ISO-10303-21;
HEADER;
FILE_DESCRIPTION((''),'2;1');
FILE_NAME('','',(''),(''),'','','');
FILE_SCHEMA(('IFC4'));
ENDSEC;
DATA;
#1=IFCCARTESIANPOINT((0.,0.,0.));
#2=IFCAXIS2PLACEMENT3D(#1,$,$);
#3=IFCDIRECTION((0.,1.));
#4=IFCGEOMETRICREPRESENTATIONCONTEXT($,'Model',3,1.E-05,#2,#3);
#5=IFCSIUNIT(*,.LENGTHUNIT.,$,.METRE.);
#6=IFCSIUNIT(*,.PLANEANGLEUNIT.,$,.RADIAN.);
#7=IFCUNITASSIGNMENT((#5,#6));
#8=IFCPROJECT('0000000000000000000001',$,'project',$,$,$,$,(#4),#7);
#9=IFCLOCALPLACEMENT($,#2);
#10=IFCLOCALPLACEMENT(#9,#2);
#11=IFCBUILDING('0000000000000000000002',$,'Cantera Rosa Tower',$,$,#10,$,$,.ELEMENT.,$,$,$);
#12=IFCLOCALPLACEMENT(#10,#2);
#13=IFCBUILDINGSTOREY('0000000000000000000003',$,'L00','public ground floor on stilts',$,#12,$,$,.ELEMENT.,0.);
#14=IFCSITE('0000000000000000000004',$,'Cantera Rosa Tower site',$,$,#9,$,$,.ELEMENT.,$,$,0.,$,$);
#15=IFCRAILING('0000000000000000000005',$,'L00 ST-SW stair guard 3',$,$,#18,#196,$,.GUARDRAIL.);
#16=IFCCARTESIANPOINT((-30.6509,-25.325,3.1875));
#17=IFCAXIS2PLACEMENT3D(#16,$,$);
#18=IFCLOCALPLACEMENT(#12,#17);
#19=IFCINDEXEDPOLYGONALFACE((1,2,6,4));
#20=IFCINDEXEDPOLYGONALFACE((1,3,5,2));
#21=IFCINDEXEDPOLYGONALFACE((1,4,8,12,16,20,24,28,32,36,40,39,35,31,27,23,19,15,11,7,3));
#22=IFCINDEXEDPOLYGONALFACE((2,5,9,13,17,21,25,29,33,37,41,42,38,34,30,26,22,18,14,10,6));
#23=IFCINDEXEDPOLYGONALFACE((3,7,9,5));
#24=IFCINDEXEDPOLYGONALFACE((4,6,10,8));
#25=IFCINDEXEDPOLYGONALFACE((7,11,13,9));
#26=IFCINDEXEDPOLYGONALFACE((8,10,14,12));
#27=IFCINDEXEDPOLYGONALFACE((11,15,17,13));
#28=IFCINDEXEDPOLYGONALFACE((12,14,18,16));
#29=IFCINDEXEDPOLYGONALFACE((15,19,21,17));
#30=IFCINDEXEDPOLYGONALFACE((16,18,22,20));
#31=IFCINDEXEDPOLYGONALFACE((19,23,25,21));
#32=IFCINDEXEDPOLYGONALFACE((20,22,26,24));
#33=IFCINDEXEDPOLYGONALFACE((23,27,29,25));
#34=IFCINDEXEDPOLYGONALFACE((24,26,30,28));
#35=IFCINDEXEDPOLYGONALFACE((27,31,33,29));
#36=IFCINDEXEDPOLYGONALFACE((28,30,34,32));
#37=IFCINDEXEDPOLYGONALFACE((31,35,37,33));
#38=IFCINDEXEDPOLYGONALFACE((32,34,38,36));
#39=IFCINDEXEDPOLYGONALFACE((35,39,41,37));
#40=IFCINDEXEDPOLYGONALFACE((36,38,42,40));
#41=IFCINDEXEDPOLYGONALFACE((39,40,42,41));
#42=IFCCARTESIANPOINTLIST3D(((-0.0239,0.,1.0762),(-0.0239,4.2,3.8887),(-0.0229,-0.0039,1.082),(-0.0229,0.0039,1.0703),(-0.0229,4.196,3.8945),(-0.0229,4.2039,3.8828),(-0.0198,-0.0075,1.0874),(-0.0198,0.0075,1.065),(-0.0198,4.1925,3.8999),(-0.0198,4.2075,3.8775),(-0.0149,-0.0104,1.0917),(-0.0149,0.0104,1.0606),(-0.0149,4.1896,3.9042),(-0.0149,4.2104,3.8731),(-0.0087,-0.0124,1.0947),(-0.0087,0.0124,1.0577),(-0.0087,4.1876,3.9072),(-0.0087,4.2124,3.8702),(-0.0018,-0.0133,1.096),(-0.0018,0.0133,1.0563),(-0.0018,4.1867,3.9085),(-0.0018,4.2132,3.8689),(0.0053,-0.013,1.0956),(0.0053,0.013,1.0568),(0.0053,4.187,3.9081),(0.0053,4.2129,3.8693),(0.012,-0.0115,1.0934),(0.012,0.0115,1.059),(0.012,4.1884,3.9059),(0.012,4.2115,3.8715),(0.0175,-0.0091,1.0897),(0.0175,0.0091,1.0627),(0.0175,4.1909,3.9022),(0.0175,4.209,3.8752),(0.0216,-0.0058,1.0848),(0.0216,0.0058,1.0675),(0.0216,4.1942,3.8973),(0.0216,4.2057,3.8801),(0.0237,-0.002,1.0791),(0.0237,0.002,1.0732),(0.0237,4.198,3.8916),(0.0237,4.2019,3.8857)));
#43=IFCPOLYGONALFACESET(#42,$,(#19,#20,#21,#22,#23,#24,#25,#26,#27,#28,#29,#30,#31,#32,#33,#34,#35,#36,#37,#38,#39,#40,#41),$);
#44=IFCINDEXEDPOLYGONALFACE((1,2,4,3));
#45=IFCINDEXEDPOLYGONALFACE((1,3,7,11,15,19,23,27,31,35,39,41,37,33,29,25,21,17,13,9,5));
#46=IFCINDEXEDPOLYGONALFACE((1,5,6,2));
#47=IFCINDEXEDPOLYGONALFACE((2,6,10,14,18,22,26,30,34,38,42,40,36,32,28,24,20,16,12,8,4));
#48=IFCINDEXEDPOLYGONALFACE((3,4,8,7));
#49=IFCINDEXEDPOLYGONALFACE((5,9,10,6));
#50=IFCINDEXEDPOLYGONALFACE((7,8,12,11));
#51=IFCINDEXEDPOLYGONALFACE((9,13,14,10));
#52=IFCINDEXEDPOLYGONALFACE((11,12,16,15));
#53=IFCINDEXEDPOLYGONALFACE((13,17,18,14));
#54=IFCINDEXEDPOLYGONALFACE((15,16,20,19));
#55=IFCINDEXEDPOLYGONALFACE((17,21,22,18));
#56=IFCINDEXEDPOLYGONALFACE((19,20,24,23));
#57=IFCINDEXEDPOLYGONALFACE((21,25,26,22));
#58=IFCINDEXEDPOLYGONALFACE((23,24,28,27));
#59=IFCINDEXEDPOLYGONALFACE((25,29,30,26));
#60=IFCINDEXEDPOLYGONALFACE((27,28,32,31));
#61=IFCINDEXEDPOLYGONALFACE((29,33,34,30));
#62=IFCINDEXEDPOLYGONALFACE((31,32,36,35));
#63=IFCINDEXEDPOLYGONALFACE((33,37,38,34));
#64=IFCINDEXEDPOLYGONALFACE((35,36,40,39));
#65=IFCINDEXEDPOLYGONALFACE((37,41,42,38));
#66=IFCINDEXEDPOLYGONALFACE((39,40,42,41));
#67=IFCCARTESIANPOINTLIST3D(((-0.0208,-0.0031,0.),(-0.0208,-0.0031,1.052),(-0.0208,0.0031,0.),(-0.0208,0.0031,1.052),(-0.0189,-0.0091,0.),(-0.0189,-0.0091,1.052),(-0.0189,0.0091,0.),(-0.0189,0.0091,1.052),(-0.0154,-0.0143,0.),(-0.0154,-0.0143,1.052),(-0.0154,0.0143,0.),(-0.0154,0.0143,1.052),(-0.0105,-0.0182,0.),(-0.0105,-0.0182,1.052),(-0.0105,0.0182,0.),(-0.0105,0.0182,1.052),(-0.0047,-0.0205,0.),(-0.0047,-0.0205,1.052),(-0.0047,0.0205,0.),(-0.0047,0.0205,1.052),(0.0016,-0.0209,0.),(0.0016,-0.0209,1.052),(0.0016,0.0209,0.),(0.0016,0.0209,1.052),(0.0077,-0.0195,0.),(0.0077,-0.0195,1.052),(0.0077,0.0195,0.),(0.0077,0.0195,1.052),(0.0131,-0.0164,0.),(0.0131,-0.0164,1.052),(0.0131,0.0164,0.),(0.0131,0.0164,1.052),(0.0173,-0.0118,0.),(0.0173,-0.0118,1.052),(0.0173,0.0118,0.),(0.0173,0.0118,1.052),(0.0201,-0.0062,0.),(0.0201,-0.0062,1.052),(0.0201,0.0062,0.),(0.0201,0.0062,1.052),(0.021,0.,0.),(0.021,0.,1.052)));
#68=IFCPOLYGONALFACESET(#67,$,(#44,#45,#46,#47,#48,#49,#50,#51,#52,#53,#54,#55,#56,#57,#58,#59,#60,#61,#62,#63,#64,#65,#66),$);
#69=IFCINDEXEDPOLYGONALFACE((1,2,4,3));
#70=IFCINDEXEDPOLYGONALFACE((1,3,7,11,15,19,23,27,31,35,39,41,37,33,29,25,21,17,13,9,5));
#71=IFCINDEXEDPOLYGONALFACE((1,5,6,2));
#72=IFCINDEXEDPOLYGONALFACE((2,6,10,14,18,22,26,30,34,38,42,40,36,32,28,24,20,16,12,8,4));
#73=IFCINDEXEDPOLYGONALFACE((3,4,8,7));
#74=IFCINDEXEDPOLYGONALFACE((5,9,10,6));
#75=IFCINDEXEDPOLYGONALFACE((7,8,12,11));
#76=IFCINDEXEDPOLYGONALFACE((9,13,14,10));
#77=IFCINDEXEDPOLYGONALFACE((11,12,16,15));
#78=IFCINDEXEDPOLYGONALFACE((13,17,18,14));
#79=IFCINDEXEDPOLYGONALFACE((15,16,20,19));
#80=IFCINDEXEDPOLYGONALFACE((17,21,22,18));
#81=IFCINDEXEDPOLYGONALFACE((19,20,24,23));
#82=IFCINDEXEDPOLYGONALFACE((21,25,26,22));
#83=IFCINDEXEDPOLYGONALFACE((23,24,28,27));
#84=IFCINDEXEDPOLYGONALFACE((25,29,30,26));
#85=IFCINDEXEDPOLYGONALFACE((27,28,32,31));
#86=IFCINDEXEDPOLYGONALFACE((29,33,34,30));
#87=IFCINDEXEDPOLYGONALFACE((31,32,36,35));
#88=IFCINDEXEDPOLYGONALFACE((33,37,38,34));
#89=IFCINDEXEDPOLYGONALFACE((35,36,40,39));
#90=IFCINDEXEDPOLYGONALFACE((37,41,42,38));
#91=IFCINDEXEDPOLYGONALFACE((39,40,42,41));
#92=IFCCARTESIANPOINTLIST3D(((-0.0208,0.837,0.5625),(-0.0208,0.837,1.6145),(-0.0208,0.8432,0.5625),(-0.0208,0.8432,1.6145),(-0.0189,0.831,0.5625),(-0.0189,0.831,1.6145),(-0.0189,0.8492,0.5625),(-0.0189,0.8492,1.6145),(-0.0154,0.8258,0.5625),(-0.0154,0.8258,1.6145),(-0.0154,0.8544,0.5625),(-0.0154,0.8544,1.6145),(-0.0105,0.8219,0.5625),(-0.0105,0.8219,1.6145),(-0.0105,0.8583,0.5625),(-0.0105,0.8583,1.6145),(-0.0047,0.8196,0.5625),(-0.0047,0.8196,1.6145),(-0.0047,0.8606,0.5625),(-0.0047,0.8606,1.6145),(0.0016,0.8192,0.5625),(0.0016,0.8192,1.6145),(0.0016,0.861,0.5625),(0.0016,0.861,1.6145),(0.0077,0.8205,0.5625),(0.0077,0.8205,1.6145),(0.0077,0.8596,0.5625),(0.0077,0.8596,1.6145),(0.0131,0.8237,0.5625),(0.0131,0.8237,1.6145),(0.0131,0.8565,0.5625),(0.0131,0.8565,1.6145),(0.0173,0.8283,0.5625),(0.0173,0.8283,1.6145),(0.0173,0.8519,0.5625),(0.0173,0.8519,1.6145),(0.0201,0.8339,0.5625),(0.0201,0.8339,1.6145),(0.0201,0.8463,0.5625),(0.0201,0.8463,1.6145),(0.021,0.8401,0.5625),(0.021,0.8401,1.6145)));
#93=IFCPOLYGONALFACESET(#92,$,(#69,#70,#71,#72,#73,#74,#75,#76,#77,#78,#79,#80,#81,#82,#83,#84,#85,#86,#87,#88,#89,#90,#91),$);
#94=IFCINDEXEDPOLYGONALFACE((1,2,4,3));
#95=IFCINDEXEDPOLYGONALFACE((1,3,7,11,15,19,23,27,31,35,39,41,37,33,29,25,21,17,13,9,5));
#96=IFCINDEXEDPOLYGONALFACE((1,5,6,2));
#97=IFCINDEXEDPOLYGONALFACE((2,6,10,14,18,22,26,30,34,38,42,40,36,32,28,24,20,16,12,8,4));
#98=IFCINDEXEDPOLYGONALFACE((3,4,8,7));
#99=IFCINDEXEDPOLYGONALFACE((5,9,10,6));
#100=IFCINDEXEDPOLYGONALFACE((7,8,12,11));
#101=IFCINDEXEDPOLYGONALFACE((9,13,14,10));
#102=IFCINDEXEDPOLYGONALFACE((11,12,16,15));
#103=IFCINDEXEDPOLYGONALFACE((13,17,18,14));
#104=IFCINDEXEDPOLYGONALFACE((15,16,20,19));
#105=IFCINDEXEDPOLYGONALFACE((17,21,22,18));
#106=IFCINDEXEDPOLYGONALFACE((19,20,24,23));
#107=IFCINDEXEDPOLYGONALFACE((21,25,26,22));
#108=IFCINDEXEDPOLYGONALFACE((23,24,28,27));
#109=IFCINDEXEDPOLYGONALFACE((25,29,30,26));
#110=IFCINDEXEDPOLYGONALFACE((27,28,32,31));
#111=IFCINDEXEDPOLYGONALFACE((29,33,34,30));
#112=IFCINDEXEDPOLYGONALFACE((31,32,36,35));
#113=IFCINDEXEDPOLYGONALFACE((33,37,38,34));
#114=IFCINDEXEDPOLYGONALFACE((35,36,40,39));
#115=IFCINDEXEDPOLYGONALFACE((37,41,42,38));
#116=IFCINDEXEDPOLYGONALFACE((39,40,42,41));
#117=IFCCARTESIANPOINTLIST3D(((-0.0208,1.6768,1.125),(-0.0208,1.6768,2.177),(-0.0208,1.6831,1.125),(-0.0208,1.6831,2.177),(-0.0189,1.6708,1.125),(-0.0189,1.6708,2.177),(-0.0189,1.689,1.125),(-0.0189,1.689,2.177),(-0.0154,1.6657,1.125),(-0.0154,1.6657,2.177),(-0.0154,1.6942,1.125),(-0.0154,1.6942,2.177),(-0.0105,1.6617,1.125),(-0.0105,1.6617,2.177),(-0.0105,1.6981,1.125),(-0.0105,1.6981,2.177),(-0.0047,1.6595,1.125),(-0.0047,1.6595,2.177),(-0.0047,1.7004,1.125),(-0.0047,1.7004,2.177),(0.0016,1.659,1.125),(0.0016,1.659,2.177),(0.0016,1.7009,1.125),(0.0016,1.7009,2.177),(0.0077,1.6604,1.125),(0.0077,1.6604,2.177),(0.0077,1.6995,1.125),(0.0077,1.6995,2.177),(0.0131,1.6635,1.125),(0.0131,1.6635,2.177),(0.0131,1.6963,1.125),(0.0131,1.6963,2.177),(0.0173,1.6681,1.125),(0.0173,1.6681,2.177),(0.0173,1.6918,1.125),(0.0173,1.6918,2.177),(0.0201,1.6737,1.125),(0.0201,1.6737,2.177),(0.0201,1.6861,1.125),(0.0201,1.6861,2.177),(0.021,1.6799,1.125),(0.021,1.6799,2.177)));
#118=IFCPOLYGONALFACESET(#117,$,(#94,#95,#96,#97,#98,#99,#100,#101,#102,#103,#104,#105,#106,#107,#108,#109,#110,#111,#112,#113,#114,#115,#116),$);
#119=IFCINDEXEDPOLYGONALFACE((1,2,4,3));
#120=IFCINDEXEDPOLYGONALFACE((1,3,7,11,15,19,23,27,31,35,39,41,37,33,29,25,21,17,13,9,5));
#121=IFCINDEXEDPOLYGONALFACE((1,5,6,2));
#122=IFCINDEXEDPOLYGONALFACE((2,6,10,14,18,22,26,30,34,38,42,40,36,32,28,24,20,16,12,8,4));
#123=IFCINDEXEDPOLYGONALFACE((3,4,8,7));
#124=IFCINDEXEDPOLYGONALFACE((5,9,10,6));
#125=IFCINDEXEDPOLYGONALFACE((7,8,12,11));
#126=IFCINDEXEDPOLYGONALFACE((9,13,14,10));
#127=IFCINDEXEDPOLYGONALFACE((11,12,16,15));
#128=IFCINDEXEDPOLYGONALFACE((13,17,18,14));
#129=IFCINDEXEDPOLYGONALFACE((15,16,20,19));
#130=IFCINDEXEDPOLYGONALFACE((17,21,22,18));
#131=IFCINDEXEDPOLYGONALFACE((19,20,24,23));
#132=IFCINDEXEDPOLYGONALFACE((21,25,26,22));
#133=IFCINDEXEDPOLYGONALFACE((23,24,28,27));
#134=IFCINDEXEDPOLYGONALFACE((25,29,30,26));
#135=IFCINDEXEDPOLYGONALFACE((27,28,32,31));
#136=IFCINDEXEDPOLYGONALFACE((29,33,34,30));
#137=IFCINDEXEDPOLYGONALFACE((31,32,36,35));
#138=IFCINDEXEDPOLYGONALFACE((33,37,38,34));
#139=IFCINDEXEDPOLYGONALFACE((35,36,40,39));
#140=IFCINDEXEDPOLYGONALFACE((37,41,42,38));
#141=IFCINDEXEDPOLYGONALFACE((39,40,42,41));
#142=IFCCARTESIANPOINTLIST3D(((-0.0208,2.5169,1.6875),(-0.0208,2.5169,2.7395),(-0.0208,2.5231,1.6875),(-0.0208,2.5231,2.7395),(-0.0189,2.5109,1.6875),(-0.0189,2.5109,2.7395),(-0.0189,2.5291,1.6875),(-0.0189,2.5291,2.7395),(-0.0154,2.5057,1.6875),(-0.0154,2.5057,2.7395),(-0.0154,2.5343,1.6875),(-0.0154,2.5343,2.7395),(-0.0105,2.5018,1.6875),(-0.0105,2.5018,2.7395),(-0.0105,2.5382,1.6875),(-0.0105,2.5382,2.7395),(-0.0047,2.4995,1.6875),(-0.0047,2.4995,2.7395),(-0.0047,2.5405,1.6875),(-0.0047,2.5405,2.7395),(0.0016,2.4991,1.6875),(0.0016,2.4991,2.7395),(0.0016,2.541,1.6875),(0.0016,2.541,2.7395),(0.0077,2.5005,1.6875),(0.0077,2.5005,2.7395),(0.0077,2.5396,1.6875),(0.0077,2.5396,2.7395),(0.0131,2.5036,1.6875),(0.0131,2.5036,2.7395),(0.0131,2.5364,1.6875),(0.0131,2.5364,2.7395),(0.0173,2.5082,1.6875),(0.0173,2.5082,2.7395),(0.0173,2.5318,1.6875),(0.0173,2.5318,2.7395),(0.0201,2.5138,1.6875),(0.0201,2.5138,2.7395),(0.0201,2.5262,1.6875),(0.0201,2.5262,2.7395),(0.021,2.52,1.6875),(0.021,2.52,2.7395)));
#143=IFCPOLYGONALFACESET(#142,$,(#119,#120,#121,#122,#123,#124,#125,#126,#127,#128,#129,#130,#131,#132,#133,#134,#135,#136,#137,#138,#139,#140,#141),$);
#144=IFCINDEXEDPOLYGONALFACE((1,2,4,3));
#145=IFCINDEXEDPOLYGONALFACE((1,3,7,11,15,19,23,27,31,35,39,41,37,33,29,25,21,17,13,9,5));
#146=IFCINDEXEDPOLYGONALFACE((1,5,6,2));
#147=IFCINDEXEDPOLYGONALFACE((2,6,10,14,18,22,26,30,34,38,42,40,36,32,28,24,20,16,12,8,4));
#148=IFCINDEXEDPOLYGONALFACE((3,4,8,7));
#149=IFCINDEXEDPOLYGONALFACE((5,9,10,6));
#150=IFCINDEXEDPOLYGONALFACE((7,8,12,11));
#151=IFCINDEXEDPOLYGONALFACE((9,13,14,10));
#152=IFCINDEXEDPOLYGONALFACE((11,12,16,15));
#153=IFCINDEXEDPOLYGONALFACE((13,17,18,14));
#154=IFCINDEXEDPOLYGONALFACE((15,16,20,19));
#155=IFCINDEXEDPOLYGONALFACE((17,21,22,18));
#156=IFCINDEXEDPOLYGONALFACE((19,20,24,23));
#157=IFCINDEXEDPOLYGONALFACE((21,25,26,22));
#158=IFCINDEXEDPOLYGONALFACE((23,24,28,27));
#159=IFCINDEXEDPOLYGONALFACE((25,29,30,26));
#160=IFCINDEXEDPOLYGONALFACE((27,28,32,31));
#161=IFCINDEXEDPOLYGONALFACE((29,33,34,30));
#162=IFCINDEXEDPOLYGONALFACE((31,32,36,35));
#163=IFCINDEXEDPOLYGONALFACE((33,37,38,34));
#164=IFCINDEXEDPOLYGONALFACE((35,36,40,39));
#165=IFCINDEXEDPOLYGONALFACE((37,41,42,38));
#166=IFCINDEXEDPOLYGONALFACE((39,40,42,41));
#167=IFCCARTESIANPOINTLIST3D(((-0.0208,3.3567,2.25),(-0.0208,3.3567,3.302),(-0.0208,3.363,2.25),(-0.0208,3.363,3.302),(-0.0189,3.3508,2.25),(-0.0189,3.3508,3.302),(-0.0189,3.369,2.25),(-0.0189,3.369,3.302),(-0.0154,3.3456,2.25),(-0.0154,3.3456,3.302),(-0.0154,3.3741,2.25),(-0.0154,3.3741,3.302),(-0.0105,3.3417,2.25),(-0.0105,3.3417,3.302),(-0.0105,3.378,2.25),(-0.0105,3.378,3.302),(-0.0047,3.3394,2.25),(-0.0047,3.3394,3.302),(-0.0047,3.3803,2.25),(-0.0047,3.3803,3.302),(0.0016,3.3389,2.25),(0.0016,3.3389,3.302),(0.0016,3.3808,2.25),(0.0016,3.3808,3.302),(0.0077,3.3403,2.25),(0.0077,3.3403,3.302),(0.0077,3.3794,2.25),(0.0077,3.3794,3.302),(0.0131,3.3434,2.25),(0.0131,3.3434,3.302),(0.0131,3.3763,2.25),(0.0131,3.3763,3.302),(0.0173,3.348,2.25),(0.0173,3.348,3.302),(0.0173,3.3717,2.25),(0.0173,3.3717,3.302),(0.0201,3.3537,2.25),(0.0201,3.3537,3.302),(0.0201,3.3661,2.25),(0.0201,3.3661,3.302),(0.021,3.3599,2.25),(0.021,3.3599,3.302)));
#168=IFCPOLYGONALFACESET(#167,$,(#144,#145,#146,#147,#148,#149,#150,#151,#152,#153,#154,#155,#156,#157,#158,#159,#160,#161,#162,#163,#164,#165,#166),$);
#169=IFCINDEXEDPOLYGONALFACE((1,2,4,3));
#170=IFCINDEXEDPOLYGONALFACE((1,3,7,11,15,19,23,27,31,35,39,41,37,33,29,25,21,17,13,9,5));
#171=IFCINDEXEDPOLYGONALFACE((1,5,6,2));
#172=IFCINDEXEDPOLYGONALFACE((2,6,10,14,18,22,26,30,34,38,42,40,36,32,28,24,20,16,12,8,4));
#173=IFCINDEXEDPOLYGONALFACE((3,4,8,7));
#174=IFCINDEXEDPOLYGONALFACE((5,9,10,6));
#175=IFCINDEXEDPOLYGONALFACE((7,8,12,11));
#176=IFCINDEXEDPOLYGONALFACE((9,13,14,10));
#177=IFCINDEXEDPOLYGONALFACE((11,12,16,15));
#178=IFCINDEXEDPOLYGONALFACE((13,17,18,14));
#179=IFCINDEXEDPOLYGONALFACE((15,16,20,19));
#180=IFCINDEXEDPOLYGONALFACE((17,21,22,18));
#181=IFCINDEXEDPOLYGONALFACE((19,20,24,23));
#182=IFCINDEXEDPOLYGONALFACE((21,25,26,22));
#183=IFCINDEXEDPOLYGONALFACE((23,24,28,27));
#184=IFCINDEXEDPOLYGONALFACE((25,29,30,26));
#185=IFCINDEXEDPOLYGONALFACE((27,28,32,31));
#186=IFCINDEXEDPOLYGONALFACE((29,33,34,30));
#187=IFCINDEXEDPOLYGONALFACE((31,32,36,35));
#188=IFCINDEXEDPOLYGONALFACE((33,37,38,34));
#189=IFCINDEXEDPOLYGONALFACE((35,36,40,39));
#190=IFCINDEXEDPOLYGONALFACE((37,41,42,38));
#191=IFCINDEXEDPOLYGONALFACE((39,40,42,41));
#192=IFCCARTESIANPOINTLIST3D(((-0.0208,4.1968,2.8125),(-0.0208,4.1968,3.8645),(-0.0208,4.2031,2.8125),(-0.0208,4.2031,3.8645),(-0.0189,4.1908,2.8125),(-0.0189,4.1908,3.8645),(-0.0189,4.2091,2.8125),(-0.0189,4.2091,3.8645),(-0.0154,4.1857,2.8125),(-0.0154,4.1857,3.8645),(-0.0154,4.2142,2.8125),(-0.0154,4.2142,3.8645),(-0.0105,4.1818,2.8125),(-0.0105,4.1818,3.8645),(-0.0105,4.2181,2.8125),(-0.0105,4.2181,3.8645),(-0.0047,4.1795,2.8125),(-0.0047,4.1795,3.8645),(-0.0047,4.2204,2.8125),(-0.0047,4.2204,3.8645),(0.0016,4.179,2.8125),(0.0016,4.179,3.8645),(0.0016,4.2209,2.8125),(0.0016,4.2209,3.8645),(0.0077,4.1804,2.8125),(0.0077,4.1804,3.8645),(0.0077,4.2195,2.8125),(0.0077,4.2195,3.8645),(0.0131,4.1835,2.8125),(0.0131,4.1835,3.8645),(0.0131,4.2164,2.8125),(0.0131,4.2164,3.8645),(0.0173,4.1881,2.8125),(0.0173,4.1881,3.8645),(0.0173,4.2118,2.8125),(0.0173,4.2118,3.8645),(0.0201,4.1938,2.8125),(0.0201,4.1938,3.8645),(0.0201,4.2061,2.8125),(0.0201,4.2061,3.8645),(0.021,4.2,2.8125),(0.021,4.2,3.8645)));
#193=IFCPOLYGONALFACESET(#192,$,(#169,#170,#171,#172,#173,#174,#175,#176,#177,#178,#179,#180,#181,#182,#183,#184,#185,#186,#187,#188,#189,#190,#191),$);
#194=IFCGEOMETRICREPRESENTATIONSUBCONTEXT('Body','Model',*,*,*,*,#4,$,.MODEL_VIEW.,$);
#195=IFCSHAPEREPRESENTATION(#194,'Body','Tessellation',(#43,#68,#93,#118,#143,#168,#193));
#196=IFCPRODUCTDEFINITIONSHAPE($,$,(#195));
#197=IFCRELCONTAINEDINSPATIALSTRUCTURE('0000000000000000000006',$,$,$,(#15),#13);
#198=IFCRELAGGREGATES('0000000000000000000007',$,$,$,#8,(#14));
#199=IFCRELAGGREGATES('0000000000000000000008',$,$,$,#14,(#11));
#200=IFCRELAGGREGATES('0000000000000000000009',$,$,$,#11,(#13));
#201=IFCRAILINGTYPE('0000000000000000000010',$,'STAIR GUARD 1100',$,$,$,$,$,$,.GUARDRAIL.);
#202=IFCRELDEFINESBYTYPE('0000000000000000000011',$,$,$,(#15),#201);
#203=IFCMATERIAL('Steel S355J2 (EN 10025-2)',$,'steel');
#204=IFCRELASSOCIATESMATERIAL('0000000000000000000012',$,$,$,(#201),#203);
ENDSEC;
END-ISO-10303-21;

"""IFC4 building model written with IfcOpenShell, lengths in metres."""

from ifc_helpers import new_model, si_unit, direction, frame, origin, origin_2d, place, context, subcontext, project, spatial, circle, extrude, material, type_object, element, save


model = new_model("IFC4")

# Units and contexts
model_context = context("Model", 3, precision=1e-05, world=origin(), true_north=direction((0.0, 1.0)))
body_context = subcontext(model_context, "Body", "Model", "MODEL_VIEW")
ifc_project = project(units=[si_unit("LENGTHUNIT", "METRE"), si_unit("PLANEANGLEUNIT", "RADIAN")], contexts=[model_context])

# Site, building, storey
site_placement = place(None, origin())
site = spatial("IfcSite", under=ifc_project, at=site_placement, Name="Cantera Rosa Tower site", CompositionType="ELEMENT", RefElevation=0.0)
building_placement = place(site_placement, origin())
building = spatial("IfcBuilding", under=site, at=building_placement, Name="Cantera Rosa Tower", CompositionType="ELEMENT")
storey_placement = place(building_placement, origin())
storey = spatial("IfcBuildingStorey", under=building, at=storey_placement, Name="L00", Description="public ground floor on stilts", CompositionType="ELEMENT", Elevation=0.0)

# Railing
ifc_material_1 = material(Name="Steel S355J2 (EN 10025-2)", Category="steel")
railing_type_1 = type_object("IfcRailingType", Name="STAIR GUARD 1100", PredefinedType="GUARDRAIL", material=ifc_material_1)
railing_1_placement = place(storey_placement, frame((-30.6509, -25.325, 3.1875)))
element("IfcRailing", 1, at=railing_1_placement, inside=storey, type_object=railing_type_1, Name="L00 ST-SW stair guard 3", PredefinedType="GUARDRAIL", context=body_context, shape_type="SweptSolid", body=[
    extrude(circle(Radius=0.0239, at=origin_2d()), frame((0.0, 0.0, 1.0762), z_axis=(0.0, 0.830904, 0.556416), x_axis=(-1.0, 0.0, 0.0)), (0.0, 0.0, 1.0), 5.0547),
    extrude(circle(Radius=0.021, at=origin_2d()), origin(), (0.0, 0.0, 1.0), 1.052),
    extrude(circle(Radius=0.021, at=origin_2d()), frame((0.0, 0.8401, 0.5625)), (0.0, 0.0, 1.0), 1.052),
    extrude(circle(Radius=0.021, at=origin_2d()), frame((0.0, 1.6799, 1.125)), (0.0, 0.0, 1.0), 1.052),
    extrude(circle(Radius=0.021, at=origin_2d()), frame((0.0, 2.52, 1.6875)), (0.0, 0.0, 1.0), 1.052),
    extrude(circle(Radius=0.021, at=origin_2d()), frame((0.0, 3.3599, 2.25)), (0.0, 0.0, 1.0), 1.052),
    extrude(circle(Radius=0.021, at=origin_2d()), frame((0.0, 4.2, 2.8125)), (0.0, 0.0, 1.0), 1.052),
])

save(model, "model.ifc")
